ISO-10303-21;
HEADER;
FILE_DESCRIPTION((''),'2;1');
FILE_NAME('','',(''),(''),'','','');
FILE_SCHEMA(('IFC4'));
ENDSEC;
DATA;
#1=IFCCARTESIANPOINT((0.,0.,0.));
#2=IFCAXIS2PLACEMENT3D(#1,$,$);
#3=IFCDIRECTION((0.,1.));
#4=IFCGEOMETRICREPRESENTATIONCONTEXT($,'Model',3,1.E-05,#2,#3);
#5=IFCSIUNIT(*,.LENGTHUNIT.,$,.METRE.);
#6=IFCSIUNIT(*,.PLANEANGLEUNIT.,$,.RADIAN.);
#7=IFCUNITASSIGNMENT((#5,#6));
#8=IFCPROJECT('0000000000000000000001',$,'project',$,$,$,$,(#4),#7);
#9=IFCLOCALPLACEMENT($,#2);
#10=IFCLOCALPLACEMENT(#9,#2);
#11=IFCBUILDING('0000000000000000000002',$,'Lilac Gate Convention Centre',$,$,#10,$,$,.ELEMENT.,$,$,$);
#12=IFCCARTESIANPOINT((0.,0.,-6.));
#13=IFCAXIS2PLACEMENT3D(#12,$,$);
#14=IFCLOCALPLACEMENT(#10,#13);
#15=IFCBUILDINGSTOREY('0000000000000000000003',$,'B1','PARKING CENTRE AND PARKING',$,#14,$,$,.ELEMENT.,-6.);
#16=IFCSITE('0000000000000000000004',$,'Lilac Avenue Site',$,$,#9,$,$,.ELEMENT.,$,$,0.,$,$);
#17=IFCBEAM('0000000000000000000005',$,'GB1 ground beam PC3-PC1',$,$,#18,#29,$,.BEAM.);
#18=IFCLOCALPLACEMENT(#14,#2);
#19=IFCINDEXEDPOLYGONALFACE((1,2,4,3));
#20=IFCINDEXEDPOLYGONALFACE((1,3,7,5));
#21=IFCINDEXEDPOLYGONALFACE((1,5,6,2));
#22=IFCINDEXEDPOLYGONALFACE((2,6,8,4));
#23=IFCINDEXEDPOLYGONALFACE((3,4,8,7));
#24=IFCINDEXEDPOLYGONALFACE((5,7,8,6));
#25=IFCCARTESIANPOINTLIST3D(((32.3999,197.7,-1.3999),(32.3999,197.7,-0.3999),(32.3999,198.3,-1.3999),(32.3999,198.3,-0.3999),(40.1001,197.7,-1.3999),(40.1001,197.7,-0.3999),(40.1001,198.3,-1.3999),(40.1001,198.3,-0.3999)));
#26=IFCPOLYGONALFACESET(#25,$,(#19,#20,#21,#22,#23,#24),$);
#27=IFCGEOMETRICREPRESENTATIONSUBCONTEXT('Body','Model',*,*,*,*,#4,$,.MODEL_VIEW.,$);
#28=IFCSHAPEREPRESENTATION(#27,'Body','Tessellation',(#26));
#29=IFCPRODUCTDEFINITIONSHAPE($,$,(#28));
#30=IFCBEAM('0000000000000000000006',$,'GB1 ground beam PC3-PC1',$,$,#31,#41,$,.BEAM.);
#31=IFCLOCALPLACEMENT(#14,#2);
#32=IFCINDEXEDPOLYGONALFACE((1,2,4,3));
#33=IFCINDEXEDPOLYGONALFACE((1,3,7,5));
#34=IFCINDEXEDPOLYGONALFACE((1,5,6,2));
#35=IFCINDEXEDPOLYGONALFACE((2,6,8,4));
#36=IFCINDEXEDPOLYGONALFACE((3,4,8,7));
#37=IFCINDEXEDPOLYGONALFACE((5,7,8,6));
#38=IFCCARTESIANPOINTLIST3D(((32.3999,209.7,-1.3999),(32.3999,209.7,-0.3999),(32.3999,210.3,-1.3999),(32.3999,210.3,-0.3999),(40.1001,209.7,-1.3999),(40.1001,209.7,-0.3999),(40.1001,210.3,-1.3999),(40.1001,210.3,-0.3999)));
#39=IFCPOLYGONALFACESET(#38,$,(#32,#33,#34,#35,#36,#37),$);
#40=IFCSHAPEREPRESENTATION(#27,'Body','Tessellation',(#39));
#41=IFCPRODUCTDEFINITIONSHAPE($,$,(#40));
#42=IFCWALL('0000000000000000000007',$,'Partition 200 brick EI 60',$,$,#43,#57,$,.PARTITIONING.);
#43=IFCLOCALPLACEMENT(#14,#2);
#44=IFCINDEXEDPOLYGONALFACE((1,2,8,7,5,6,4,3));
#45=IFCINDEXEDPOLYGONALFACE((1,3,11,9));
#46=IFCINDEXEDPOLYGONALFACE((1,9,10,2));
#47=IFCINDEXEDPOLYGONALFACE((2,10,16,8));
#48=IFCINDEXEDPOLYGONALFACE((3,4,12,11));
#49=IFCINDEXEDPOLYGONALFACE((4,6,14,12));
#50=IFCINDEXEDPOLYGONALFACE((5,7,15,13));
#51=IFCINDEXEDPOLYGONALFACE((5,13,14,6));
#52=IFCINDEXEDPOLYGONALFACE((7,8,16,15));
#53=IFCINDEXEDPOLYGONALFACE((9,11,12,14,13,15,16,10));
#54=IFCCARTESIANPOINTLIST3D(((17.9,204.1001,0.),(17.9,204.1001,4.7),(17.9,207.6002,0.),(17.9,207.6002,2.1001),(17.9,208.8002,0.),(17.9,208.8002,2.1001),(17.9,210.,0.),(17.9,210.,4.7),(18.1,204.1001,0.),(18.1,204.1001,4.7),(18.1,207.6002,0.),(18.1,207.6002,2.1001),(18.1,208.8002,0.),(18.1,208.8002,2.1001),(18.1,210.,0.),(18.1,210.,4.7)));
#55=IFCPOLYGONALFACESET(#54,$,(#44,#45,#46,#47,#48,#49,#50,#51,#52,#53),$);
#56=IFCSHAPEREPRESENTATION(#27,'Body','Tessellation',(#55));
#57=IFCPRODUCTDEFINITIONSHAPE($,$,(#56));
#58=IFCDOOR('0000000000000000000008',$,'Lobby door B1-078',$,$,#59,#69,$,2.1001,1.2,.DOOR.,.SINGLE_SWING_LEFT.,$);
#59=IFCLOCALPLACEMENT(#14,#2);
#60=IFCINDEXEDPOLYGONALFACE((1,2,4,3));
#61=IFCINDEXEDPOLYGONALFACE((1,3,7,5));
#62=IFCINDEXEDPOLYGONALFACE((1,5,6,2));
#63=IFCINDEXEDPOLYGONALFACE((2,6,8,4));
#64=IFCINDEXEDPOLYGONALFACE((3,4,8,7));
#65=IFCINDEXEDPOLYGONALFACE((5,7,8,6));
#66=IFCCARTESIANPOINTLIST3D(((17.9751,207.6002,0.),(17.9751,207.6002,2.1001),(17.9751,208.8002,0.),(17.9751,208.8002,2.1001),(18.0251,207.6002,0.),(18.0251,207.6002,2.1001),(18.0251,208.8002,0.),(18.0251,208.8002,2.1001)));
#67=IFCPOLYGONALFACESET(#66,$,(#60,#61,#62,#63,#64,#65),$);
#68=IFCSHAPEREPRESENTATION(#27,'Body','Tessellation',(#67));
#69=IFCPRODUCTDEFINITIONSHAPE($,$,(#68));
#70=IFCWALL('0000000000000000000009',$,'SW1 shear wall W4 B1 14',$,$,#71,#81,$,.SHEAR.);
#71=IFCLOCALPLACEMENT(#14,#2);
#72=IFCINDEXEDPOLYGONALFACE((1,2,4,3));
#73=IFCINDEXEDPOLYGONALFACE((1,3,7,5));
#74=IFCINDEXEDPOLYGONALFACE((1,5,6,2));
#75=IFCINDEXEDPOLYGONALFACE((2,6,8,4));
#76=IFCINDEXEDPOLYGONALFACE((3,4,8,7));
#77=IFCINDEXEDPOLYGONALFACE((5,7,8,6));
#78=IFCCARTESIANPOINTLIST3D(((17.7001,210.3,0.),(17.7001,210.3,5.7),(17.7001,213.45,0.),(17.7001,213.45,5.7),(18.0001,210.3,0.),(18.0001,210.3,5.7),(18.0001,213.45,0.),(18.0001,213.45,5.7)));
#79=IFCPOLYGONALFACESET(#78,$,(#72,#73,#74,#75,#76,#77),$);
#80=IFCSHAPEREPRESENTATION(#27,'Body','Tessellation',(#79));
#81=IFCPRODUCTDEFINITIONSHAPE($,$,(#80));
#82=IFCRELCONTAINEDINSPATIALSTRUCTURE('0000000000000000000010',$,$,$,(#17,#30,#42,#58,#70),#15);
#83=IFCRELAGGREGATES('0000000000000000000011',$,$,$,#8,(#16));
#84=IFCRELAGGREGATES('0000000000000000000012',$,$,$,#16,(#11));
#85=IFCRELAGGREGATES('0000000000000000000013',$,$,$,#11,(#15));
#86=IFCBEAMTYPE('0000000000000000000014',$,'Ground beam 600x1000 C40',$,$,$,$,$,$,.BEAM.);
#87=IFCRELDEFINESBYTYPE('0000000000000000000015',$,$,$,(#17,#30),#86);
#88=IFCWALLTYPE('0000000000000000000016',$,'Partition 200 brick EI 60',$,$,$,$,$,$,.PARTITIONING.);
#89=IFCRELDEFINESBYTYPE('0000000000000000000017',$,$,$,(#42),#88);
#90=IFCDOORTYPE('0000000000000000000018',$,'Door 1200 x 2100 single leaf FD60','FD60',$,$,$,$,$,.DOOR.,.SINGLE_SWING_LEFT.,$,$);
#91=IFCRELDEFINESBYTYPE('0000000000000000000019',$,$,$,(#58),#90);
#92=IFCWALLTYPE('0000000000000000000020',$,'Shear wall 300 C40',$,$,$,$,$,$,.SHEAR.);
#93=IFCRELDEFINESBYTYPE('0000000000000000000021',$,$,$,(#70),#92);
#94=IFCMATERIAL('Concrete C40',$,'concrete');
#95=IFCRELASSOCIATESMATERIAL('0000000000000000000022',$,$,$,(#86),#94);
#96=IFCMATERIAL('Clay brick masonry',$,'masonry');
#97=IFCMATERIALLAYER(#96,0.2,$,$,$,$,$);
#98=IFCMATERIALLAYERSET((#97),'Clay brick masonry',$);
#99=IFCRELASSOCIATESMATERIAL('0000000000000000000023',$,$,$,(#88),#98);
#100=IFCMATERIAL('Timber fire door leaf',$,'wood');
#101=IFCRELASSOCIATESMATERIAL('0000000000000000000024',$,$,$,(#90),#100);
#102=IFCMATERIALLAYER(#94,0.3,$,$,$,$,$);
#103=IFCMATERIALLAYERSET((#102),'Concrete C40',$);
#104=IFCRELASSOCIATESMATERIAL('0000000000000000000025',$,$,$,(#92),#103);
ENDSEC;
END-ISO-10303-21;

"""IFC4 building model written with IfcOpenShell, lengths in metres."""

from ifc_helpers import new_model, si_unit, direction, frame, frame_2d, origin, origin_2d, place, context, subcontext, project, spatial, rectangle, extrude, material, layer, layer_set, material_profile, profile_set, type_object, element, fill, save


model = new_model("IFC4")

# Units and contexts
model_context = context("Model", 3, precision=1e-05, world=origin(), true_north=direction((0.0, 1.0)))
body_context = subcontext(model_context, "Body", "Model", "MODEL_VIEW")
ifc_project = project(units=[si_unit("LENGTHUNIT", "METRE"), si_unit("PLANEANGLEUNIT", "RADIAN")], contexts=[model_context])

# Site, building, storey
site_placement = place(None, origin())
site = spatial("IfcSite", under=ifc_project, at=site_placement, Name="Lilac Avenue Site", CompositionType="ELEMENT", RefElevation=0.0)
building_placement = place(site_placement, origin())
building = spatial("IfcBuilding", under=site, at=building_placement, Name="Lilac Gate Convention Centre", CompositionType="ELEMENT")
storey_placement = place(building_placement, frame((0.0, 0.0, -6.0)))
storey = spatial("IfcBuildingStorey", under=building, at=storey_placement, Name="B1", Description="PARKING CENTRE AND PARKING", CompositionType="ELEMENT", Elevation=-6.0)

# Shared definitions
ifc_material_1 = material(Name="Concrete C40", Category="concrete")

# Beams
ifc_material_profile_1 = material_profile(ifc_material_1, rectangle(XDim=0.6001, YDim=1.0, at=origin_2d()), Name="RC 600x1000")
ifc_profile_set_1 = profile_set([ifc_material_profile_1], Name="Concrete C40")
beam_type = type_object("IfcBeamType", Name="Ground beam 600x1000 C40", PredefinedType="BEAM", material=ifc_profile_set_1)
for number, where, z_axis, x_axis, name in (
    (1, (32.3999, 198.0, -0.8999), (1.0, 0.0, 0.0), (0.0, 1.0, 0.0), "GB1 ground beam PC3-PC1"),
    (2, (32.3999, 210.0, -0.8999), (1.0, 0.0, 0.0), (0.0, 1.0, 0.0), "GB1 ground beam PC3-PC1"),
):
    element("IfcBeam", number, at=place(storey_placement, frame(where, z_axis=z_axis, x_axis=x_axis)), inside=storey, type_object=beam_type, Name=name, PredefinedType="BEAM", context=body_context, shape_type="SweptSolid", body=[
        extrude(rectangle(XDim=0.6001, YDim=1.0, at=origin_2d()), origin(), (0.0, 0.0, 1.0), 7.7002),
    ])

# Wall, opening, door
ifc_material_2 = material(Name="Clay brick masonry", Category="masonry")
ifc_layer_1 = layer(ifc_material_2, 0.2)
ifc_layer_set_1 = layer_set([ifc_layer_1], Name="Clay brick masonry")
wall_type_1 = type_object("IfcWallType", Name="Partition 200 brick EI 60", PredefinedType="PARTITIONING", material=ifc_layer_set_1)
wall_1_placement = place(storey_placement, frame((18.0, 204.1001, 0.0), z_axis=(0.0, 0.0, 1.0), x_axis=(0.0, 1.0, 0.0)))
wall_1 = element("IfcWall", 3, at=wall_1_placement, inside=storey, type_object=wall_type_1, Name="Partition 200 brick EI 60", PredefinedType="PARTITIONING", context=body_context, shape_type="SweptSolid", body=[
    extrude(rectangle(XDim=5.8999, YDim=0.2, at=frame_2d((2.95, 0.0))), origin(), (0.0, 0.0, 1.0), 4.7),
])
opening_placement = place(wall_1_placement, frame((3.5, 0.0, 0.0)))
opening = element("IfcOpeningElement", 4, at=opening_placement, cuts=wall_1, PredefinedType="OPENING", context=body_context, shape_type="SweptSolid", body=[
    extrude(rectangle(XDim=1.2, YDim=2.1001, at=frame_2d((0.6001, 1.05))), frame((0.0, 0.1099, 0.0), z_axis=(0.0, -1.0, 0.0), x_axis=(1.0, 0.0, 0.0)), (0.0, 0.0, 1.0), 0.22),
])
ifc_material_3 = material(Name="Timber fire door leaf", Category="wood")
door_type = type_object("IfcDoorType", Name="Door 1200 x 2100 single leaf FD60", Description="FD60", OperationType="SINGLE_SWING_LEFT", PredefinedType="DOOR", material=ifc_material_3)
door_placement = place(opening_placement, origin())
door = element("IfcDoor", 5, at=door_placement, inside=storey, type_object=door_type, Name="Lobby door B1-078", OperationType="SINGLE_SWING_LEFT", OverallHeight=2.1001, OverallWidth=1.2, PredefinedType="DOOR", context=body_context, shape_type="SweptSolid", body=[
    extrude(rectangle(XDim=1.2, YDim=2.1001, at=frame_2d((0.6001, 1.05))), frame((0.0, 0.0249, 0.0), z_axis=(0.0, -1.0, 0.0), x_axis=(1.0, 0.0, 0.0)), (0.0, 0.0, 1.0), 0.05),
])
fill(opening, door)

# Wall
ifc_layer_2 = layer(ifc_material_1, 0.3)
ifc_layer_set_2 = layer_set([ifc_layer_2], Name="Concrete C40")
wall_type_2 = type_object("IfcWallType", Name="Shear wall 300 C40", PredefinedType="SHEAR", material=ifc_layer_set_2)
wall_2_placement = place(storey_placement, frame((17.8501, 210.3, 0.0), z_axis=(0.0, 0.0, 1.0), x_axis=(0.0, 1.0, 0.0)))
element("IfcWall", 6, at=wall_2_placement, inside=storey, type_object=wall_type_2, Name="SW1 shear wall W4 B1 14", PredefinedType="SHEAR", context=body_context, shape_type="SweptSolid", body=[
    extrude(rectangle(XDim=3.1499, YDim=0.3, at=frame_2d((1.575, 0.0))), origin(), (0.0, 0.0, 1.0), 5.7),
])

save(model, "model.ifc")
